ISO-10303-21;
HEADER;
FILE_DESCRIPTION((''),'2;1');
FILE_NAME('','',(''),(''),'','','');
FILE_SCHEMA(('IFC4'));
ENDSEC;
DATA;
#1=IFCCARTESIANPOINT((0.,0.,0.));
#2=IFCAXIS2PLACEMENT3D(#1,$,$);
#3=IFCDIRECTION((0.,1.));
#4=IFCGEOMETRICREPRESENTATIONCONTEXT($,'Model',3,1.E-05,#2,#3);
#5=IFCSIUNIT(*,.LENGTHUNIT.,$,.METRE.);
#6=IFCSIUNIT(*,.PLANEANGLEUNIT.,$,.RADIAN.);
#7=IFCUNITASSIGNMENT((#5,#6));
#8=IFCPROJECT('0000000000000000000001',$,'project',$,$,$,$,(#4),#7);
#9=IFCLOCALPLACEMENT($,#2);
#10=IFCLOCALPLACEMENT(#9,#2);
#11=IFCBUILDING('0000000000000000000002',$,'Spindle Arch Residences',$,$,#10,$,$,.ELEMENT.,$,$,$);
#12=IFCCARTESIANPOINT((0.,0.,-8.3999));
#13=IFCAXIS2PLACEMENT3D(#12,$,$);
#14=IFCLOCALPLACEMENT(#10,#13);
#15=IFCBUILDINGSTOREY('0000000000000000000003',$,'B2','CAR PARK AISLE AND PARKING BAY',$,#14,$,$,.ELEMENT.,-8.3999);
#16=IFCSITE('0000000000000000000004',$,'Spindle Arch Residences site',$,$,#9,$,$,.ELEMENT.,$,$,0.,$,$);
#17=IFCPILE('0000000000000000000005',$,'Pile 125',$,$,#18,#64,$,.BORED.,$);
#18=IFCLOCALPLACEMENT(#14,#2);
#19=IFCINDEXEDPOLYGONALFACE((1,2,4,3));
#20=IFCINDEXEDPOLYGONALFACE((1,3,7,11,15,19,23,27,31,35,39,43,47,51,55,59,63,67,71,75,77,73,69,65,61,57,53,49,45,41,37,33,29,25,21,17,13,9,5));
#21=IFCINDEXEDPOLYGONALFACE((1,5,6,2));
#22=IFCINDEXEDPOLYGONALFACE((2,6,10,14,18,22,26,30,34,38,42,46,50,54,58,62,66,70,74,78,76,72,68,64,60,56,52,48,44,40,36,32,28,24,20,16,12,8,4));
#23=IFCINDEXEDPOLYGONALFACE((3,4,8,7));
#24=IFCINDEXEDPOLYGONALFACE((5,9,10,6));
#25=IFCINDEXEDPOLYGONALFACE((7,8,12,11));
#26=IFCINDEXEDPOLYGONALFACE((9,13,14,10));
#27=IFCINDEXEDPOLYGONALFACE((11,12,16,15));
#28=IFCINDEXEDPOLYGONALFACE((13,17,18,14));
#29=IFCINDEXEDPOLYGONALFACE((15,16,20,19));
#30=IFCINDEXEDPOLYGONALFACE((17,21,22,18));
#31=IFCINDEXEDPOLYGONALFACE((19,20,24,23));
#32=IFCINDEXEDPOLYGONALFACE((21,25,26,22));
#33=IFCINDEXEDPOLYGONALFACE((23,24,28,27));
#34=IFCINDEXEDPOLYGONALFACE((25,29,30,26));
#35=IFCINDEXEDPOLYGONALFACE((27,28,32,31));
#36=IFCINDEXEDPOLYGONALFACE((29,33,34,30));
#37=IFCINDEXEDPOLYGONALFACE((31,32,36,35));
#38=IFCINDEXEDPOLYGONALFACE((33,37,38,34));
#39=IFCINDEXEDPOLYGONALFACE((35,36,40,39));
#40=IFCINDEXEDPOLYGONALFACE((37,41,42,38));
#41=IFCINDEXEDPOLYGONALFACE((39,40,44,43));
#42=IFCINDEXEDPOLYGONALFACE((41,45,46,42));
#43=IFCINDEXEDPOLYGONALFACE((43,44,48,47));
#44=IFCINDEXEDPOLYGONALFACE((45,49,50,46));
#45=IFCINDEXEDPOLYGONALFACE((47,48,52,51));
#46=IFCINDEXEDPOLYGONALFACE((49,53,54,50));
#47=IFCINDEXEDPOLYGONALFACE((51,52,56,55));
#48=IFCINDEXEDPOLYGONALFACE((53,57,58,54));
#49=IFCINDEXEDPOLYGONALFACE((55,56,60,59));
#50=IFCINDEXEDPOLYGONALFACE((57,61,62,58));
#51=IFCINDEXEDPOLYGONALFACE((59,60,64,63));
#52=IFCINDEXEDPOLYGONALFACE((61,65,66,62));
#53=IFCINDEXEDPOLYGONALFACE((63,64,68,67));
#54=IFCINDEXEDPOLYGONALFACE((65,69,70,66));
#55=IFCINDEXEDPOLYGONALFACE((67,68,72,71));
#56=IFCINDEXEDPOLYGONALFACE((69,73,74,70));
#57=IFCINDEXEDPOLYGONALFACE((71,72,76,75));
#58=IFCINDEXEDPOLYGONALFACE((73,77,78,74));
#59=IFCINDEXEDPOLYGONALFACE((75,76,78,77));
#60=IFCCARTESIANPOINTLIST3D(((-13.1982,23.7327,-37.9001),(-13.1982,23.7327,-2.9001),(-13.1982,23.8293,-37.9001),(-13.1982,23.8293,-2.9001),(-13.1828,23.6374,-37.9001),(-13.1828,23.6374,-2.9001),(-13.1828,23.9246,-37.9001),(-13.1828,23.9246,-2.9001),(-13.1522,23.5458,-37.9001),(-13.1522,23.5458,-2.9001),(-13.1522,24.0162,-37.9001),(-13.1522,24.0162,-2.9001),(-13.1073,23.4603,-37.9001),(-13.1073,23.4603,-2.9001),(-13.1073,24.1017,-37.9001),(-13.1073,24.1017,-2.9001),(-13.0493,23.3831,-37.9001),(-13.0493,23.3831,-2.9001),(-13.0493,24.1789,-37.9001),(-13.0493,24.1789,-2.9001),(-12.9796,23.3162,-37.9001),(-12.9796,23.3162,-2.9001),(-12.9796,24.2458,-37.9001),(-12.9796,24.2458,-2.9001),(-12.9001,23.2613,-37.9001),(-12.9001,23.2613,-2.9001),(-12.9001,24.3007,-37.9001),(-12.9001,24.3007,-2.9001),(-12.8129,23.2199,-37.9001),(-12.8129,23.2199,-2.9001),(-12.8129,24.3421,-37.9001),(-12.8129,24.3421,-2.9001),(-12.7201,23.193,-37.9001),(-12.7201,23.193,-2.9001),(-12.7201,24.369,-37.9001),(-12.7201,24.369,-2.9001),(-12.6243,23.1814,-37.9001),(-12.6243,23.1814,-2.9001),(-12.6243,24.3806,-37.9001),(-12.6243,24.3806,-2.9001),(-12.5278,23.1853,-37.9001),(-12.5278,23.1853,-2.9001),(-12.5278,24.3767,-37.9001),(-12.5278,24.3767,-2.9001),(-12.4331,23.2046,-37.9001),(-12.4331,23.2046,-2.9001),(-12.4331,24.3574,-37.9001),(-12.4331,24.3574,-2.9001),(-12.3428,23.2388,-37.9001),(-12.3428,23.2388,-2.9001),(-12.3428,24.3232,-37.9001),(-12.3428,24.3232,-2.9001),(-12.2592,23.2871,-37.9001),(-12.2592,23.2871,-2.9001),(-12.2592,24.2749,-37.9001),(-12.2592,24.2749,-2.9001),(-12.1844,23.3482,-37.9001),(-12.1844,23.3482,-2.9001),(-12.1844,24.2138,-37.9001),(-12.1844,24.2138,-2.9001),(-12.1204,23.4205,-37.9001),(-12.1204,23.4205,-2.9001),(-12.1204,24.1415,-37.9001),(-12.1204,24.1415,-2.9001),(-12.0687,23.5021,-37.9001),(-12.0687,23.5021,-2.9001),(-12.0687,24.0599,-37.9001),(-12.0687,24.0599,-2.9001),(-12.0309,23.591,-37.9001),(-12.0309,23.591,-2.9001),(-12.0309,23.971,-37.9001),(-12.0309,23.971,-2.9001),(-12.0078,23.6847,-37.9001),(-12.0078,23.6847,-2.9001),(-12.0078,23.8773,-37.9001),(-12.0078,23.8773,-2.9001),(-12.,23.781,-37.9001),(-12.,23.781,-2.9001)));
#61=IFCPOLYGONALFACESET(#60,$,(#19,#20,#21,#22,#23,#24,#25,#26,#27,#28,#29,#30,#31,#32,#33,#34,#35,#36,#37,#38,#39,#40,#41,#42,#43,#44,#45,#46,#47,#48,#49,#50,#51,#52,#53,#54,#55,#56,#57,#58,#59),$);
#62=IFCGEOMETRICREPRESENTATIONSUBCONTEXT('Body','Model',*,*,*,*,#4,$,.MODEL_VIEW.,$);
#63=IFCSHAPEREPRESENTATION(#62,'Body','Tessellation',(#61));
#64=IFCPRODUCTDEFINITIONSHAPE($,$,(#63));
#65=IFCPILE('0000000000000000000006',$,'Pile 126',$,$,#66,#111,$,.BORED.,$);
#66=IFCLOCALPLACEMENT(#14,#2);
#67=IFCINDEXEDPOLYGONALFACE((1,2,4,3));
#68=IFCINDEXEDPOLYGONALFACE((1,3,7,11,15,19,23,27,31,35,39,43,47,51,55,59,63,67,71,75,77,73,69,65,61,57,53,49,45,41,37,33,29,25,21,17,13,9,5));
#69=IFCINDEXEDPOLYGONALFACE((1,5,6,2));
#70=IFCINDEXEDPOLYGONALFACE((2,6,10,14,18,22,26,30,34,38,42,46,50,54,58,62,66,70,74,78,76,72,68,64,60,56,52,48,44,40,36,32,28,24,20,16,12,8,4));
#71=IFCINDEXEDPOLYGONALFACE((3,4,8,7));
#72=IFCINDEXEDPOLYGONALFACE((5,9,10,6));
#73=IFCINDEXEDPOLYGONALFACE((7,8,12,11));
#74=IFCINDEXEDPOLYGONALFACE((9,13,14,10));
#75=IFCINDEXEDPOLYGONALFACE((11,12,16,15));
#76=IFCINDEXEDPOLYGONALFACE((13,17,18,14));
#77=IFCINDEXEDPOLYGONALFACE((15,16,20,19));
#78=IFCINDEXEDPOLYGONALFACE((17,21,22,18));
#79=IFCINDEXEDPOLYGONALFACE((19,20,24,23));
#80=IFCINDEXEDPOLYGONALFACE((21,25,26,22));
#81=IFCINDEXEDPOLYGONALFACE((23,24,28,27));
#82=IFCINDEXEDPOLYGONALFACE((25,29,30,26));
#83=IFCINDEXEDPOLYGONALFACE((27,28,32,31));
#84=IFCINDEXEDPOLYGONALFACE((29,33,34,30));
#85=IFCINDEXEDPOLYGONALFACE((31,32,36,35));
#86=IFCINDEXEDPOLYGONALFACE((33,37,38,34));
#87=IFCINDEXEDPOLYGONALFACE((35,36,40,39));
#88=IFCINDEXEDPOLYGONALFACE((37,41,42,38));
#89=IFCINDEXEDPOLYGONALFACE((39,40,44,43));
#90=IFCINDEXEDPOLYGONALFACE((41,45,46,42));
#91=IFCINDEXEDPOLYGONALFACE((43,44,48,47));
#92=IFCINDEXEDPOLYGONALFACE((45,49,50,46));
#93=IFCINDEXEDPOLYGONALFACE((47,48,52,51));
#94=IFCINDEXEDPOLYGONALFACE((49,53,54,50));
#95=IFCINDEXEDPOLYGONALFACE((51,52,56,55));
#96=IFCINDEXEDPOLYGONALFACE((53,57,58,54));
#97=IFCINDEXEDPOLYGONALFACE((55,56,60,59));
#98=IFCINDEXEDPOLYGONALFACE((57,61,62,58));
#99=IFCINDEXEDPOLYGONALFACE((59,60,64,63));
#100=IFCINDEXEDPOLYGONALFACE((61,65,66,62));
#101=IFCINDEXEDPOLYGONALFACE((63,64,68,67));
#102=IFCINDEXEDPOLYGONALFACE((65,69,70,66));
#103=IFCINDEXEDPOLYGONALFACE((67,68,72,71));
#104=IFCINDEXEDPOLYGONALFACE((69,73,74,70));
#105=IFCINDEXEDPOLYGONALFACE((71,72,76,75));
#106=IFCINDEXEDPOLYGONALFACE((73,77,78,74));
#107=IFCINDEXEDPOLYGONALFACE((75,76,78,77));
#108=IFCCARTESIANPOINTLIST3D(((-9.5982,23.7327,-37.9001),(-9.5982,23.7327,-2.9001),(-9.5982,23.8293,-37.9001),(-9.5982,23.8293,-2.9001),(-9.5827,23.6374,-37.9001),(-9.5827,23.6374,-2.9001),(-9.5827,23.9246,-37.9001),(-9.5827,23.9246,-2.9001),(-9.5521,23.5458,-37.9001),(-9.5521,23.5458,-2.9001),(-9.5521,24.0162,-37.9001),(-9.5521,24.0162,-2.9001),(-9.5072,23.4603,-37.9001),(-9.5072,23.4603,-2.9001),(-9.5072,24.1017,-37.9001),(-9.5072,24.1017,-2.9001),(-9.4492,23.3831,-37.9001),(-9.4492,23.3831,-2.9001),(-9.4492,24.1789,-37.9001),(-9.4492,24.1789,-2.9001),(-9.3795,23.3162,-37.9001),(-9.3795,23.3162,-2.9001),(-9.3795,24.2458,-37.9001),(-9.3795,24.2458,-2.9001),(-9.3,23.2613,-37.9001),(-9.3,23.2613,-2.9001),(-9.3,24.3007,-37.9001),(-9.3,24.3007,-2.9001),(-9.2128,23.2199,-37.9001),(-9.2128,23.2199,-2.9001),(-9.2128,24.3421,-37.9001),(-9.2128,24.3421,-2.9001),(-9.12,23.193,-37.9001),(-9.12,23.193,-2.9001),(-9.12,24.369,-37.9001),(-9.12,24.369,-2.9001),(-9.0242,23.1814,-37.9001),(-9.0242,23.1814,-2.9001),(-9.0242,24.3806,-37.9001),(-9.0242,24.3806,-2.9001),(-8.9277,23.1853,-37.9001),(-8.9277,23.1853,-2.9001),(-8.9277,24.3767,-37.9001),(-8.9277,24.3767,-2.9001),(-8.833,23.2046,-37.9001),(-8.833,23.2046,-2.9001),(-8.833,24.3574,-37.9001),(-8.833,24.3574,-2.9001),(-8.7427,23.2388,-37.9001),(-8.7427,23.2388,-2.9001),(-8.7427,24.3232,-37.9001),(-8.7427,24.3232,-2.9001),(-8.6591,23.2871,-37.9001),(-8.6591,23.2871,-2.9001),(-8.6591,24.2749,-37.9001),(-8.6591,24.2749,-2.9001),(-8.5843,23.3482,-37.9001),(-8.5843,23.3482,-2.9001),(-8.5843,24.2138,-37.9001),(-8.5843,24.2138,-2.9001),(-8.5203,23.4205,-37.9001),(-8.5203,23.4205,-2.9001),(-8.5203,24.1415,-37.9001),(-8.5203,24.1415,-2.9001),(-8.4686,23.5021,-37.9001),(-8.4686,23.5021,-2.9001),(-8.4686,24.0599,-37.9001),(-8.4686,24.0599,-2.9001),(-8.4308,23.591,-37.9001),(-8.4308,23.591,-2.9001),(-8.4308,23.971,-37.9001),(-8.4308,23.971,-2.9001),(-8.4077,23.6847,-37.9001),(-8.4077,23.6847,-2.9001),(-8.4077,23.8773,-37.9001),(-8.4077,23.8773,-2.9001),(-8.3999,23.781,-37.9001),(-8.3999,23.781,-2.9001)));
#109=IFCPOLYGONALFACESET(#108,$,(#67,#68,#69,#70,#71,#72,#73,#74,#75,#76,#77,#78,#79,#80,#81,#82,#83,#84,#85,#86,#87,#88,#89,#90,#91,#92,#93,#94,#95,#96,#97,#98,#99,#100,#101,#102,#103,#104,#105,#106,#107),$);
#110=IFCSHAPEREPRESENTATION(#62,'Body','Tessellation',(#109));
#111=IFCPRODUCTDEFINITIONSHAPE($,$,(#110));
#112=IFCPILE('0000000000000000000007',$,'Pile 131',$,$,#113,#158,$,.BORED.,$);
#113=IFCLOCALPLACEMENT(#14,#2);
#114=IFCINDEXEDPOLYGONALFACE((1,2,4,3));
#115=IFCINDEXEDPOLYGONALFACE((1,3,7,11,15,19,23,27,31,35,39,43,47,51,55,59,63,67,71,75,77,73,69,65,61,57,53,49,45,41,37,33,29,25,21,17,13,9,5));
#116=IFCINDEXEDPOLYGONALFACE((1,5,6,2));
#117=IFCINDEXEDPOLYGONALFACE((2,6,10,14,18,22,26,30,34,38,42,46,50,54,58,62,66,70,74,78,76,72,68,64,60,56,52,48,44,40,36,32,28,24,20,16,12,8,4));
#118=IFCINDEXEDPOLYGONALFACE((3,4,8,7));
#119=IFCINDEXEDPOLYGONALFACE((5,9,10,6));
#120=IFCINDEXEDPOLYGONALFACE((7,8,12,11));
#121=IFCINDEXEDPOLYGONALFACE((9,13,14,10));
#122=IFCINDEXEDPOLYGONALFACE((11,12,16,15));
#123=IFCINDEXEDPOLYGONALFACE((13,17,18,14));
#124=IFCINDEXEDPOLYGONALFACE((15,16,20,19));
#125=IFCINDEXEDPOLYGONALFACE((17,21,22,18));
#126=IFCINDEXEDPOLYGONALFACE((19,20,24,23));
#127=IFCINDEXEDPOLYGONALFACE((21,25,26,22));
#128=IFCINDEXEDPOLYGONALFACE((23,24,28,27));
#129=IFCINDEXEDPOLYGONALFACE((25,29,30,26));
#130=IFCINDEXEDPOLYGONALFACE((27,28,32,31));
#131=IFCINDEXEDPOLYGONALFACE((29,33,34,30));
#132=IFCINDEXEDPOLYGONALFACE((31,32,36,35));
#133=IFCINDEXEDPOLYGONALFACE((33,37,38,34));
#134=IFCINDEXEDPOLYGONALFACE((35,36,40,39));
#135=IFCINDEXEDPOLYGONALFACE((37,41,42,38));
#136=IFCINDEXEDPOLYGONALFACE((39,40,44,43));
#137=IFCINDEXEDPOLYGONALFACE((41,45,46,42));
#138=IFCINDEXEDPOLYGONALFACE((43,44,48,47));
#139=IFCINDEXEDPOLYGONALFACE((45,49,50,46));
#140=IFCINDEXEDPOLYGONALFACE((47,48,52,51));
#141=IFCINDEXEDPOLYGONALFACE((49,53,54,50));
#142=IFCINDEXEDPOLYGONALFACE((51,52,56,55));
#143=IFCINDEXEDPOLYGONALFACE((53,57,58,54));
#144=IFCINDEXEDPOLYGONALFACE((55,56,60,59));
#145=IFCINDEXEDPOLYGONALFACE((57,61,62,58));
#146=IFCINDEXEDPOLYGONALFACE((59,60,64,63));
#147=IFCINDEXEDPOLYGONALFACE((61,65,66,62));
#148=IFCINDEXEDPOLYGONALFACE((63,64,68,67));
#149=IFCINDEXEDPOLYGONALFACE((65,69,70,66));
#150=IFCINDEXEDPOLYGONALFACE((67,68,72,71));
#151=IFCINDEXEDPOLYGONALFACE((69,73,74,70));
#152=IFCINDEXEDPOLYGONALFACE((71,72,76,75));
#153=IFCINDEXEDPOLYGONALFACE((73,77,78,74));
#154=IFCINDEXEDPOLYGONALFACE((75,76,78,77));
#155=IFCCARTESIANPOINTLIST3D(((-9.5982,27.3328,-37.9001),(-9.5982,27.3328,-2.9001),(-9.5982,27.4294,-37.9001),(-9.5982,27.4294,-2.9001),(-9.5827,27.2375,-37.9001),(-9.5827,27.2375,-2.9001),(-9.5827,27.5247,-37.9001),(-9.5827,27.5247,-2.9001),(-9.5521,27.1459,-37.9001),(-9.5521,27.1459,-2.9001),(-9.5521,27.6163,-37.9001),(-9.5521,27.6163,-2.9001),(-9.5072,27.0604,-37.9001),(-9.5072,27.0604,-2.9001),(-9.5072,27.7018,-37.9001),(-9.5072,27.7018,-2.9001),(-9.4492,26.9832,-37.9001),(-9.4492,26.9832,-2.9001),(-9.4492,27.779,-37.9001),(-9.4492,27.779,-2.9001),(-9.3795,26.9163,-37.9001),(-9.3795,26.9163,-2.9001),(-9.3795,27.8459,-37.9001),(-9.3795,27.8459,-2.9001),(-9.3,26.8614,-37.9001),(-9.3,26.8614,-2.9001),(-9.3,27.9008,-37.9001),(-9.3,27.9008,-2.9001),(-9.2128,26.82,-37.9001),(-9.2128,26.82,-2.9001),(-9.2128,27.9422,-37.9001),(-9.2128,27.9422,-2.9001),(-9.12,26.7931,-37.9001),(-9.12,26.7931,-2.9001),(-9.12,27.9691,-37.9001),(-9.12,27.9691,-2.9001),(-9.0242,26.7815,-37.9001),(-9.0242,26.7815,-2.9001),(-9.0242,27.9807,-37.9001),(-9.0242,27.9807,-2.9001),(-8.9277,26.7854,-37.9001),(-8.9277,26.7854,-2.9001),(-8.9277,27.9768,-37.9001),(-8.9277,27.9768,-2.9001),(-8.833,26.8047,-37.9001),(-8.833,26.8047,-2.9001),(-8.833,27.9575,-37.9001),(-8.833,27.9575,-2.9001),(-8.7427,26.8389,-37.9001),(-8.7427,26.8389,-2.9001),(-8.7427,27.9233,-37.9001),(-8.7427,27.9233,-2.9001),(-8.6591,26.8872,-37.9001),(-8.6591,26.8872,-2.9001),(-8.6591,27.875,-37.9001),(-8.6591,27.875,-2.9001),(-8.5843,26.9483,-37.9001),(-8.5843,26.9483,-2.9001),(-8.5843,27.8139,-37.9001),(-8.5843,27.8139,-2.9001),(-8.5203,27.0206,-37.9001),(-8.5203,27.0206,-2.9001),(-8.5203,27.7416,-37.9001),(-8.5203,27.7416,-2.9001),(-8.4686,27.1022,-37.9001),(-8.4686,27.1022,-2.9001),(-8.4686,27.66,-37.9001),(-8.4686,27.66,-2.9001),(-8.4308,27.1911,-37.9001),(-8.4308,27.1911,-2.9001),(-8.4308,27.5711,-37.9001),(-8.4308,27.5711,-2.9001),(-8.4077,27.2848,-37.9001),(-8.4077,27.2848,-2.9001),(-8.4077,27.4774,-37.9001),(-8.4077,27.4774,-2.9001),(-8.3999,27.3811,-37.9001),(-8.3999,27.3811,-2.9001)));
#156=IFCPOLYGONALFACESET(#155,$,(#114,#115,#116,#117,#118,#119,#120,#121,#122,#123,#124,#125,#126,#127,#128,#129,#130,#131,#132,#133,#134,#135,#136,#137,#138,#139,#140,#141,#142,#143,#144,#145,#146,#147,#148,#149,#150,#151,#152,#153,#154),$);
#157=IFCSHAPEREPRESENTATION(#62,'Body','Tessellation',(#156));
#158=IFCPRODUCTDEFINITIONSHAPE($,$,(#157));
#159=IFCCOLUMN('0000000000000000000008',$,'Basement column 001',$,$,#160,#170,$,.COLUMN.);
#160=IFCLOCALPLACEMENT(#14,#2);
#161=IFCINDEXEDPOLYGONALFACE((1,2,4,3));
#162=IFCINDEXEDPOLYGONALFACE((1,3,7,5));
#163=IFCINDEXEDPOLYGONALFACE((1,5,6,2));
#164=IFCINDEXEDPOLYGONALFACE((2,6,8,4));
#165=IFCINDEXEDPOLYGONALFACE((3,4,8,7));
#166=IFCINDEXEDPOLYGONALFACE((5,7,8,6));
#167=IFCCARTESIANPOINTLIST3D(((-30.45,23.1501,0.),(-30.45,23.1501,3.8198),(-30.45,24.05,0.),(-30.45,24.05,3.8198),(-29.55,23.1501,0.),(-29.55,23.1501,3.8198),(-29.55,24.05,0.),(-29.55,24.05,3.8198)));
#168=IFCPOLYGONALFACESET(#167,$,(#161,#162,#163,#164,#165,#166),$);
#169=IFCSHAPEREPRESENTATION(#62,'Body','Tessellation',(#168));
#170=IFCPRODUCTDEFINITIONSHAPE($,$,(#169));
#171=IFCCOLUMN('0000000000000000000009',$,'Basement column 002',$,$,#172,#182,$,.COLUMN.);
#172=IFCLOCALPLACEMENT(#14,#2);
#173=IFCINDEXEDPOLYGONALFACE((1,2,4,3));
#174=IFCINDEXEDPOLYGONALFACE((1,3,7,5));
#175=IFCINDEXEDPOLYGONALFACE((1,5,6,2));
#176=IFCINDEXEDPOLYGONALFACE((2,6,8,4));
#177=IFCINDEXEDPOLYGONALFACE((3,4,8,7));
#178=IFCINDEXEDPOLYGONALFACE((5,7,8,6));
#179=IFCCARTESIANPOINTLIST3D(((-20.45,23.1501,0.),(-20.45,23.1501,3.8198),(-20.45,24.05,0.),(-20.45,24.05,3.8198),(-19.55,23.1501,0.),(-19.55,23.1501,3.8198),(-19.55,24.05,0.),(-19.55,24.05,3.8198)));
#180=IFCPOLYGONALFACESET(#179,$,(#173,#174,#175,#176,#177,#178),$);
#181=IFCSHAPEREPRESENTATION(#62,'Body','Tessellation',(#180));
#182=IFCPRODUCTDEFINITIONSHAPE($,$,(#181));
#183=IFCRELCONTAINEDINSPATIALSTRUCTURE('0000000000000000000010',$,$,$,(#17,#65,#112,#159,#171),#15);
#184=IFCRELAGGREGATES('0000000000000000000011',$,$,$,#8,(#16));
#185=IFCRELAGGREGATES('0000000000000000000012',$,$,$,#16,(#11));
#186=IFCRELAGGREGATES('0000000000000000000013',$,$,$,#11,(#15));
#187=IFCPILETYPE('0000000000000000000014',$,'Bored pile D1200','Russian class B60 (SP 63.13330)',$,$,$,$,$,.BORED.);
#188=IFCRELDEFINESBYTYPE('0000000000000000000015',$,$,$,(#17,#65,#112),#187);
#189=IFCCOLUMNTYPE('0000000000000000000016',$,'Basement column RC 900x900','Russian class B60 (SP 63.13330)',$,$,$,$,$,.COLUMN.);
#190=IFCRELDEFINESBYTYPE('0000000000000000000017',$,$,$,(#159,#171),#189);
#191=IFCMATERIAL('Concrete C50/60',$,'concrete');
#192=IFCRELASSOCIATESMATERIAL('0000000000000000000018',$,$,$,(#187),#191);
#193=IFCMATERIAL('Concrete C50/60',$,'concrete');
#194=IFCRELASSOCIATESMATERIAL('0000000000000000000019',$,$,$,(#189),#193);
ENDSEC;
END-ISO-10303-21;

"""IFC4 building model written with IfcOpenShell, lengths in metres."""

from ifc_helpers import new_model, si_unit, direction, frame, origin, origin_2d, place, context, subcontext, project, spatial, rectangle, circle, extrude, material, material_profile, profile_set, type_object, element, save


model = new_model("IFC4")

# Units and contexts
model_context = context("Model", 3, precision=1e-05, world=origin(), true_north=direction((0.0, 1.0)))
body_context = subcontext(model_context, "Body", "Model", "MODEL_VIEW")
ifc_project = project(units=[si_unit("LENGTHUNIT", "METRE"), si_unit("PLANEANGLEUNIT", "RADIAN")], contexts=[model_context])

# Site, building, storey
site_placement = place(None, origin())
site = spatial("IfcSite", under=ifc_project, at=site_placement, Name="Spindle Arch Residences site", CompositionType="ELEMENT", RefElevation=0.0)
building_placement = place(site_placement, origin())
building = spatial("IfcBuilding", under=site, at=building_placement, Name="Spindle Arch Residences", CompositionType="ELEMENT")
storey_placement = place(building_placement, frame((0.0, 0.0, -8.3999)))
storey = spatial("IfcBuildingStorey", under=building, at=storey_placement, Name="B2", Description="CAR PARK AISLE AND PARKING BAY", CompositionType="ELEMENT", Elevation=-8.3999)

# Piles
ifc_material_1 = material(Name="Concrete C50/60", Category="concrete")
ifc_material_profile_1 = material_profile(ifc_material_1, circle(Radius=0.6001, at=origin_2d()), Name="BP D1200")
ifc_profile_set_1 = profile_set([ifc_material_profile_1], Name="Concrete C50/60")
pile_type = type_object("IfcPileType", Name="Bored pile D1200", Description="Russian class B60 (SP 63.13330)", PredefinedType="BORED", material=ifc_profile_set_1)
for number, where, z_axis, x_axis, name in (
    (1, (-12.6001, 23.781, -2.9001), (0.0, 0.0, -1.0), (1.0, 0.0, 0.0), "Pile 125"),
    (2, (-9.0, 23.781, -2.9001), (0.0, 0.0, -1.0), (1.0, 0.0, 0.0), "Pile 126"),
    (3, (-9.0, 27.3811, -2.9001), (0.0, 0.0, -1.0), (1.0, 0.0, 0.0), "Pile 131"),
):
    element("IfcPile", number, at=place(storey_placement, frame(where, z_axis=z_axis, x_axis=x_axis)), inside=storey, type_object=pile_type, Name=name, PredefinedType="BORED", context=body_context, shape_type="SweptSolid", body=[
        extrude(circle(Radius=0.6001, at=origin_2d()), origin(), (0.0, 0.0, 1.0), 35.0),
    ])

# Columns
ifc_material_2 = material(Name="Concrete C50/60", Category="concrete")
ifc_material_profile_2 = material_profile(ifc_material_2, rectangle(XDim=0.8999, YDim=0.8999, at=origin_2d()), Name="RC 900x900")
ifc_profile_set_2 = profile_set([ifc_material_profile_2], Name="Concrete C50/60")
column_type_1 = type_object("IfcColumnType", Name="Basement column RC 900x900", Description="Russian class B60 (SP 63.13330)", PredefinedType="COLUMN", material=ifc_profile_set_2)
for number, where, z_axis, x_axis, name in (
    (4, (-30.0, 23.6001, 0.0), (0.0, 0.0, 1.0), (1.0, 0.0, 0.0), "Basement column 001"),
    (5, (-20.0, 23.6001, 0.0), (0.0, 0.0, 1.0), (1.0, 0.0, 0.0), "Basement column 002"),
):
    element("IfcColumn", number, at=place(storey_placement, frame(where, z_axis=z_axis, x_axis=x_axis)), inside=storey, type_object=column_type_1, Name=name, PredefinedType="COLUMN", context=body_context, shape_type="SweptSolid", body=[
        extrude(rectangle(XDim=0.8999, YDim=0.8999, at=origin_2d()), origin(), (0.0, 0.0, 1.0), 3.8198),
    ])

save(model, "model.ifc")
